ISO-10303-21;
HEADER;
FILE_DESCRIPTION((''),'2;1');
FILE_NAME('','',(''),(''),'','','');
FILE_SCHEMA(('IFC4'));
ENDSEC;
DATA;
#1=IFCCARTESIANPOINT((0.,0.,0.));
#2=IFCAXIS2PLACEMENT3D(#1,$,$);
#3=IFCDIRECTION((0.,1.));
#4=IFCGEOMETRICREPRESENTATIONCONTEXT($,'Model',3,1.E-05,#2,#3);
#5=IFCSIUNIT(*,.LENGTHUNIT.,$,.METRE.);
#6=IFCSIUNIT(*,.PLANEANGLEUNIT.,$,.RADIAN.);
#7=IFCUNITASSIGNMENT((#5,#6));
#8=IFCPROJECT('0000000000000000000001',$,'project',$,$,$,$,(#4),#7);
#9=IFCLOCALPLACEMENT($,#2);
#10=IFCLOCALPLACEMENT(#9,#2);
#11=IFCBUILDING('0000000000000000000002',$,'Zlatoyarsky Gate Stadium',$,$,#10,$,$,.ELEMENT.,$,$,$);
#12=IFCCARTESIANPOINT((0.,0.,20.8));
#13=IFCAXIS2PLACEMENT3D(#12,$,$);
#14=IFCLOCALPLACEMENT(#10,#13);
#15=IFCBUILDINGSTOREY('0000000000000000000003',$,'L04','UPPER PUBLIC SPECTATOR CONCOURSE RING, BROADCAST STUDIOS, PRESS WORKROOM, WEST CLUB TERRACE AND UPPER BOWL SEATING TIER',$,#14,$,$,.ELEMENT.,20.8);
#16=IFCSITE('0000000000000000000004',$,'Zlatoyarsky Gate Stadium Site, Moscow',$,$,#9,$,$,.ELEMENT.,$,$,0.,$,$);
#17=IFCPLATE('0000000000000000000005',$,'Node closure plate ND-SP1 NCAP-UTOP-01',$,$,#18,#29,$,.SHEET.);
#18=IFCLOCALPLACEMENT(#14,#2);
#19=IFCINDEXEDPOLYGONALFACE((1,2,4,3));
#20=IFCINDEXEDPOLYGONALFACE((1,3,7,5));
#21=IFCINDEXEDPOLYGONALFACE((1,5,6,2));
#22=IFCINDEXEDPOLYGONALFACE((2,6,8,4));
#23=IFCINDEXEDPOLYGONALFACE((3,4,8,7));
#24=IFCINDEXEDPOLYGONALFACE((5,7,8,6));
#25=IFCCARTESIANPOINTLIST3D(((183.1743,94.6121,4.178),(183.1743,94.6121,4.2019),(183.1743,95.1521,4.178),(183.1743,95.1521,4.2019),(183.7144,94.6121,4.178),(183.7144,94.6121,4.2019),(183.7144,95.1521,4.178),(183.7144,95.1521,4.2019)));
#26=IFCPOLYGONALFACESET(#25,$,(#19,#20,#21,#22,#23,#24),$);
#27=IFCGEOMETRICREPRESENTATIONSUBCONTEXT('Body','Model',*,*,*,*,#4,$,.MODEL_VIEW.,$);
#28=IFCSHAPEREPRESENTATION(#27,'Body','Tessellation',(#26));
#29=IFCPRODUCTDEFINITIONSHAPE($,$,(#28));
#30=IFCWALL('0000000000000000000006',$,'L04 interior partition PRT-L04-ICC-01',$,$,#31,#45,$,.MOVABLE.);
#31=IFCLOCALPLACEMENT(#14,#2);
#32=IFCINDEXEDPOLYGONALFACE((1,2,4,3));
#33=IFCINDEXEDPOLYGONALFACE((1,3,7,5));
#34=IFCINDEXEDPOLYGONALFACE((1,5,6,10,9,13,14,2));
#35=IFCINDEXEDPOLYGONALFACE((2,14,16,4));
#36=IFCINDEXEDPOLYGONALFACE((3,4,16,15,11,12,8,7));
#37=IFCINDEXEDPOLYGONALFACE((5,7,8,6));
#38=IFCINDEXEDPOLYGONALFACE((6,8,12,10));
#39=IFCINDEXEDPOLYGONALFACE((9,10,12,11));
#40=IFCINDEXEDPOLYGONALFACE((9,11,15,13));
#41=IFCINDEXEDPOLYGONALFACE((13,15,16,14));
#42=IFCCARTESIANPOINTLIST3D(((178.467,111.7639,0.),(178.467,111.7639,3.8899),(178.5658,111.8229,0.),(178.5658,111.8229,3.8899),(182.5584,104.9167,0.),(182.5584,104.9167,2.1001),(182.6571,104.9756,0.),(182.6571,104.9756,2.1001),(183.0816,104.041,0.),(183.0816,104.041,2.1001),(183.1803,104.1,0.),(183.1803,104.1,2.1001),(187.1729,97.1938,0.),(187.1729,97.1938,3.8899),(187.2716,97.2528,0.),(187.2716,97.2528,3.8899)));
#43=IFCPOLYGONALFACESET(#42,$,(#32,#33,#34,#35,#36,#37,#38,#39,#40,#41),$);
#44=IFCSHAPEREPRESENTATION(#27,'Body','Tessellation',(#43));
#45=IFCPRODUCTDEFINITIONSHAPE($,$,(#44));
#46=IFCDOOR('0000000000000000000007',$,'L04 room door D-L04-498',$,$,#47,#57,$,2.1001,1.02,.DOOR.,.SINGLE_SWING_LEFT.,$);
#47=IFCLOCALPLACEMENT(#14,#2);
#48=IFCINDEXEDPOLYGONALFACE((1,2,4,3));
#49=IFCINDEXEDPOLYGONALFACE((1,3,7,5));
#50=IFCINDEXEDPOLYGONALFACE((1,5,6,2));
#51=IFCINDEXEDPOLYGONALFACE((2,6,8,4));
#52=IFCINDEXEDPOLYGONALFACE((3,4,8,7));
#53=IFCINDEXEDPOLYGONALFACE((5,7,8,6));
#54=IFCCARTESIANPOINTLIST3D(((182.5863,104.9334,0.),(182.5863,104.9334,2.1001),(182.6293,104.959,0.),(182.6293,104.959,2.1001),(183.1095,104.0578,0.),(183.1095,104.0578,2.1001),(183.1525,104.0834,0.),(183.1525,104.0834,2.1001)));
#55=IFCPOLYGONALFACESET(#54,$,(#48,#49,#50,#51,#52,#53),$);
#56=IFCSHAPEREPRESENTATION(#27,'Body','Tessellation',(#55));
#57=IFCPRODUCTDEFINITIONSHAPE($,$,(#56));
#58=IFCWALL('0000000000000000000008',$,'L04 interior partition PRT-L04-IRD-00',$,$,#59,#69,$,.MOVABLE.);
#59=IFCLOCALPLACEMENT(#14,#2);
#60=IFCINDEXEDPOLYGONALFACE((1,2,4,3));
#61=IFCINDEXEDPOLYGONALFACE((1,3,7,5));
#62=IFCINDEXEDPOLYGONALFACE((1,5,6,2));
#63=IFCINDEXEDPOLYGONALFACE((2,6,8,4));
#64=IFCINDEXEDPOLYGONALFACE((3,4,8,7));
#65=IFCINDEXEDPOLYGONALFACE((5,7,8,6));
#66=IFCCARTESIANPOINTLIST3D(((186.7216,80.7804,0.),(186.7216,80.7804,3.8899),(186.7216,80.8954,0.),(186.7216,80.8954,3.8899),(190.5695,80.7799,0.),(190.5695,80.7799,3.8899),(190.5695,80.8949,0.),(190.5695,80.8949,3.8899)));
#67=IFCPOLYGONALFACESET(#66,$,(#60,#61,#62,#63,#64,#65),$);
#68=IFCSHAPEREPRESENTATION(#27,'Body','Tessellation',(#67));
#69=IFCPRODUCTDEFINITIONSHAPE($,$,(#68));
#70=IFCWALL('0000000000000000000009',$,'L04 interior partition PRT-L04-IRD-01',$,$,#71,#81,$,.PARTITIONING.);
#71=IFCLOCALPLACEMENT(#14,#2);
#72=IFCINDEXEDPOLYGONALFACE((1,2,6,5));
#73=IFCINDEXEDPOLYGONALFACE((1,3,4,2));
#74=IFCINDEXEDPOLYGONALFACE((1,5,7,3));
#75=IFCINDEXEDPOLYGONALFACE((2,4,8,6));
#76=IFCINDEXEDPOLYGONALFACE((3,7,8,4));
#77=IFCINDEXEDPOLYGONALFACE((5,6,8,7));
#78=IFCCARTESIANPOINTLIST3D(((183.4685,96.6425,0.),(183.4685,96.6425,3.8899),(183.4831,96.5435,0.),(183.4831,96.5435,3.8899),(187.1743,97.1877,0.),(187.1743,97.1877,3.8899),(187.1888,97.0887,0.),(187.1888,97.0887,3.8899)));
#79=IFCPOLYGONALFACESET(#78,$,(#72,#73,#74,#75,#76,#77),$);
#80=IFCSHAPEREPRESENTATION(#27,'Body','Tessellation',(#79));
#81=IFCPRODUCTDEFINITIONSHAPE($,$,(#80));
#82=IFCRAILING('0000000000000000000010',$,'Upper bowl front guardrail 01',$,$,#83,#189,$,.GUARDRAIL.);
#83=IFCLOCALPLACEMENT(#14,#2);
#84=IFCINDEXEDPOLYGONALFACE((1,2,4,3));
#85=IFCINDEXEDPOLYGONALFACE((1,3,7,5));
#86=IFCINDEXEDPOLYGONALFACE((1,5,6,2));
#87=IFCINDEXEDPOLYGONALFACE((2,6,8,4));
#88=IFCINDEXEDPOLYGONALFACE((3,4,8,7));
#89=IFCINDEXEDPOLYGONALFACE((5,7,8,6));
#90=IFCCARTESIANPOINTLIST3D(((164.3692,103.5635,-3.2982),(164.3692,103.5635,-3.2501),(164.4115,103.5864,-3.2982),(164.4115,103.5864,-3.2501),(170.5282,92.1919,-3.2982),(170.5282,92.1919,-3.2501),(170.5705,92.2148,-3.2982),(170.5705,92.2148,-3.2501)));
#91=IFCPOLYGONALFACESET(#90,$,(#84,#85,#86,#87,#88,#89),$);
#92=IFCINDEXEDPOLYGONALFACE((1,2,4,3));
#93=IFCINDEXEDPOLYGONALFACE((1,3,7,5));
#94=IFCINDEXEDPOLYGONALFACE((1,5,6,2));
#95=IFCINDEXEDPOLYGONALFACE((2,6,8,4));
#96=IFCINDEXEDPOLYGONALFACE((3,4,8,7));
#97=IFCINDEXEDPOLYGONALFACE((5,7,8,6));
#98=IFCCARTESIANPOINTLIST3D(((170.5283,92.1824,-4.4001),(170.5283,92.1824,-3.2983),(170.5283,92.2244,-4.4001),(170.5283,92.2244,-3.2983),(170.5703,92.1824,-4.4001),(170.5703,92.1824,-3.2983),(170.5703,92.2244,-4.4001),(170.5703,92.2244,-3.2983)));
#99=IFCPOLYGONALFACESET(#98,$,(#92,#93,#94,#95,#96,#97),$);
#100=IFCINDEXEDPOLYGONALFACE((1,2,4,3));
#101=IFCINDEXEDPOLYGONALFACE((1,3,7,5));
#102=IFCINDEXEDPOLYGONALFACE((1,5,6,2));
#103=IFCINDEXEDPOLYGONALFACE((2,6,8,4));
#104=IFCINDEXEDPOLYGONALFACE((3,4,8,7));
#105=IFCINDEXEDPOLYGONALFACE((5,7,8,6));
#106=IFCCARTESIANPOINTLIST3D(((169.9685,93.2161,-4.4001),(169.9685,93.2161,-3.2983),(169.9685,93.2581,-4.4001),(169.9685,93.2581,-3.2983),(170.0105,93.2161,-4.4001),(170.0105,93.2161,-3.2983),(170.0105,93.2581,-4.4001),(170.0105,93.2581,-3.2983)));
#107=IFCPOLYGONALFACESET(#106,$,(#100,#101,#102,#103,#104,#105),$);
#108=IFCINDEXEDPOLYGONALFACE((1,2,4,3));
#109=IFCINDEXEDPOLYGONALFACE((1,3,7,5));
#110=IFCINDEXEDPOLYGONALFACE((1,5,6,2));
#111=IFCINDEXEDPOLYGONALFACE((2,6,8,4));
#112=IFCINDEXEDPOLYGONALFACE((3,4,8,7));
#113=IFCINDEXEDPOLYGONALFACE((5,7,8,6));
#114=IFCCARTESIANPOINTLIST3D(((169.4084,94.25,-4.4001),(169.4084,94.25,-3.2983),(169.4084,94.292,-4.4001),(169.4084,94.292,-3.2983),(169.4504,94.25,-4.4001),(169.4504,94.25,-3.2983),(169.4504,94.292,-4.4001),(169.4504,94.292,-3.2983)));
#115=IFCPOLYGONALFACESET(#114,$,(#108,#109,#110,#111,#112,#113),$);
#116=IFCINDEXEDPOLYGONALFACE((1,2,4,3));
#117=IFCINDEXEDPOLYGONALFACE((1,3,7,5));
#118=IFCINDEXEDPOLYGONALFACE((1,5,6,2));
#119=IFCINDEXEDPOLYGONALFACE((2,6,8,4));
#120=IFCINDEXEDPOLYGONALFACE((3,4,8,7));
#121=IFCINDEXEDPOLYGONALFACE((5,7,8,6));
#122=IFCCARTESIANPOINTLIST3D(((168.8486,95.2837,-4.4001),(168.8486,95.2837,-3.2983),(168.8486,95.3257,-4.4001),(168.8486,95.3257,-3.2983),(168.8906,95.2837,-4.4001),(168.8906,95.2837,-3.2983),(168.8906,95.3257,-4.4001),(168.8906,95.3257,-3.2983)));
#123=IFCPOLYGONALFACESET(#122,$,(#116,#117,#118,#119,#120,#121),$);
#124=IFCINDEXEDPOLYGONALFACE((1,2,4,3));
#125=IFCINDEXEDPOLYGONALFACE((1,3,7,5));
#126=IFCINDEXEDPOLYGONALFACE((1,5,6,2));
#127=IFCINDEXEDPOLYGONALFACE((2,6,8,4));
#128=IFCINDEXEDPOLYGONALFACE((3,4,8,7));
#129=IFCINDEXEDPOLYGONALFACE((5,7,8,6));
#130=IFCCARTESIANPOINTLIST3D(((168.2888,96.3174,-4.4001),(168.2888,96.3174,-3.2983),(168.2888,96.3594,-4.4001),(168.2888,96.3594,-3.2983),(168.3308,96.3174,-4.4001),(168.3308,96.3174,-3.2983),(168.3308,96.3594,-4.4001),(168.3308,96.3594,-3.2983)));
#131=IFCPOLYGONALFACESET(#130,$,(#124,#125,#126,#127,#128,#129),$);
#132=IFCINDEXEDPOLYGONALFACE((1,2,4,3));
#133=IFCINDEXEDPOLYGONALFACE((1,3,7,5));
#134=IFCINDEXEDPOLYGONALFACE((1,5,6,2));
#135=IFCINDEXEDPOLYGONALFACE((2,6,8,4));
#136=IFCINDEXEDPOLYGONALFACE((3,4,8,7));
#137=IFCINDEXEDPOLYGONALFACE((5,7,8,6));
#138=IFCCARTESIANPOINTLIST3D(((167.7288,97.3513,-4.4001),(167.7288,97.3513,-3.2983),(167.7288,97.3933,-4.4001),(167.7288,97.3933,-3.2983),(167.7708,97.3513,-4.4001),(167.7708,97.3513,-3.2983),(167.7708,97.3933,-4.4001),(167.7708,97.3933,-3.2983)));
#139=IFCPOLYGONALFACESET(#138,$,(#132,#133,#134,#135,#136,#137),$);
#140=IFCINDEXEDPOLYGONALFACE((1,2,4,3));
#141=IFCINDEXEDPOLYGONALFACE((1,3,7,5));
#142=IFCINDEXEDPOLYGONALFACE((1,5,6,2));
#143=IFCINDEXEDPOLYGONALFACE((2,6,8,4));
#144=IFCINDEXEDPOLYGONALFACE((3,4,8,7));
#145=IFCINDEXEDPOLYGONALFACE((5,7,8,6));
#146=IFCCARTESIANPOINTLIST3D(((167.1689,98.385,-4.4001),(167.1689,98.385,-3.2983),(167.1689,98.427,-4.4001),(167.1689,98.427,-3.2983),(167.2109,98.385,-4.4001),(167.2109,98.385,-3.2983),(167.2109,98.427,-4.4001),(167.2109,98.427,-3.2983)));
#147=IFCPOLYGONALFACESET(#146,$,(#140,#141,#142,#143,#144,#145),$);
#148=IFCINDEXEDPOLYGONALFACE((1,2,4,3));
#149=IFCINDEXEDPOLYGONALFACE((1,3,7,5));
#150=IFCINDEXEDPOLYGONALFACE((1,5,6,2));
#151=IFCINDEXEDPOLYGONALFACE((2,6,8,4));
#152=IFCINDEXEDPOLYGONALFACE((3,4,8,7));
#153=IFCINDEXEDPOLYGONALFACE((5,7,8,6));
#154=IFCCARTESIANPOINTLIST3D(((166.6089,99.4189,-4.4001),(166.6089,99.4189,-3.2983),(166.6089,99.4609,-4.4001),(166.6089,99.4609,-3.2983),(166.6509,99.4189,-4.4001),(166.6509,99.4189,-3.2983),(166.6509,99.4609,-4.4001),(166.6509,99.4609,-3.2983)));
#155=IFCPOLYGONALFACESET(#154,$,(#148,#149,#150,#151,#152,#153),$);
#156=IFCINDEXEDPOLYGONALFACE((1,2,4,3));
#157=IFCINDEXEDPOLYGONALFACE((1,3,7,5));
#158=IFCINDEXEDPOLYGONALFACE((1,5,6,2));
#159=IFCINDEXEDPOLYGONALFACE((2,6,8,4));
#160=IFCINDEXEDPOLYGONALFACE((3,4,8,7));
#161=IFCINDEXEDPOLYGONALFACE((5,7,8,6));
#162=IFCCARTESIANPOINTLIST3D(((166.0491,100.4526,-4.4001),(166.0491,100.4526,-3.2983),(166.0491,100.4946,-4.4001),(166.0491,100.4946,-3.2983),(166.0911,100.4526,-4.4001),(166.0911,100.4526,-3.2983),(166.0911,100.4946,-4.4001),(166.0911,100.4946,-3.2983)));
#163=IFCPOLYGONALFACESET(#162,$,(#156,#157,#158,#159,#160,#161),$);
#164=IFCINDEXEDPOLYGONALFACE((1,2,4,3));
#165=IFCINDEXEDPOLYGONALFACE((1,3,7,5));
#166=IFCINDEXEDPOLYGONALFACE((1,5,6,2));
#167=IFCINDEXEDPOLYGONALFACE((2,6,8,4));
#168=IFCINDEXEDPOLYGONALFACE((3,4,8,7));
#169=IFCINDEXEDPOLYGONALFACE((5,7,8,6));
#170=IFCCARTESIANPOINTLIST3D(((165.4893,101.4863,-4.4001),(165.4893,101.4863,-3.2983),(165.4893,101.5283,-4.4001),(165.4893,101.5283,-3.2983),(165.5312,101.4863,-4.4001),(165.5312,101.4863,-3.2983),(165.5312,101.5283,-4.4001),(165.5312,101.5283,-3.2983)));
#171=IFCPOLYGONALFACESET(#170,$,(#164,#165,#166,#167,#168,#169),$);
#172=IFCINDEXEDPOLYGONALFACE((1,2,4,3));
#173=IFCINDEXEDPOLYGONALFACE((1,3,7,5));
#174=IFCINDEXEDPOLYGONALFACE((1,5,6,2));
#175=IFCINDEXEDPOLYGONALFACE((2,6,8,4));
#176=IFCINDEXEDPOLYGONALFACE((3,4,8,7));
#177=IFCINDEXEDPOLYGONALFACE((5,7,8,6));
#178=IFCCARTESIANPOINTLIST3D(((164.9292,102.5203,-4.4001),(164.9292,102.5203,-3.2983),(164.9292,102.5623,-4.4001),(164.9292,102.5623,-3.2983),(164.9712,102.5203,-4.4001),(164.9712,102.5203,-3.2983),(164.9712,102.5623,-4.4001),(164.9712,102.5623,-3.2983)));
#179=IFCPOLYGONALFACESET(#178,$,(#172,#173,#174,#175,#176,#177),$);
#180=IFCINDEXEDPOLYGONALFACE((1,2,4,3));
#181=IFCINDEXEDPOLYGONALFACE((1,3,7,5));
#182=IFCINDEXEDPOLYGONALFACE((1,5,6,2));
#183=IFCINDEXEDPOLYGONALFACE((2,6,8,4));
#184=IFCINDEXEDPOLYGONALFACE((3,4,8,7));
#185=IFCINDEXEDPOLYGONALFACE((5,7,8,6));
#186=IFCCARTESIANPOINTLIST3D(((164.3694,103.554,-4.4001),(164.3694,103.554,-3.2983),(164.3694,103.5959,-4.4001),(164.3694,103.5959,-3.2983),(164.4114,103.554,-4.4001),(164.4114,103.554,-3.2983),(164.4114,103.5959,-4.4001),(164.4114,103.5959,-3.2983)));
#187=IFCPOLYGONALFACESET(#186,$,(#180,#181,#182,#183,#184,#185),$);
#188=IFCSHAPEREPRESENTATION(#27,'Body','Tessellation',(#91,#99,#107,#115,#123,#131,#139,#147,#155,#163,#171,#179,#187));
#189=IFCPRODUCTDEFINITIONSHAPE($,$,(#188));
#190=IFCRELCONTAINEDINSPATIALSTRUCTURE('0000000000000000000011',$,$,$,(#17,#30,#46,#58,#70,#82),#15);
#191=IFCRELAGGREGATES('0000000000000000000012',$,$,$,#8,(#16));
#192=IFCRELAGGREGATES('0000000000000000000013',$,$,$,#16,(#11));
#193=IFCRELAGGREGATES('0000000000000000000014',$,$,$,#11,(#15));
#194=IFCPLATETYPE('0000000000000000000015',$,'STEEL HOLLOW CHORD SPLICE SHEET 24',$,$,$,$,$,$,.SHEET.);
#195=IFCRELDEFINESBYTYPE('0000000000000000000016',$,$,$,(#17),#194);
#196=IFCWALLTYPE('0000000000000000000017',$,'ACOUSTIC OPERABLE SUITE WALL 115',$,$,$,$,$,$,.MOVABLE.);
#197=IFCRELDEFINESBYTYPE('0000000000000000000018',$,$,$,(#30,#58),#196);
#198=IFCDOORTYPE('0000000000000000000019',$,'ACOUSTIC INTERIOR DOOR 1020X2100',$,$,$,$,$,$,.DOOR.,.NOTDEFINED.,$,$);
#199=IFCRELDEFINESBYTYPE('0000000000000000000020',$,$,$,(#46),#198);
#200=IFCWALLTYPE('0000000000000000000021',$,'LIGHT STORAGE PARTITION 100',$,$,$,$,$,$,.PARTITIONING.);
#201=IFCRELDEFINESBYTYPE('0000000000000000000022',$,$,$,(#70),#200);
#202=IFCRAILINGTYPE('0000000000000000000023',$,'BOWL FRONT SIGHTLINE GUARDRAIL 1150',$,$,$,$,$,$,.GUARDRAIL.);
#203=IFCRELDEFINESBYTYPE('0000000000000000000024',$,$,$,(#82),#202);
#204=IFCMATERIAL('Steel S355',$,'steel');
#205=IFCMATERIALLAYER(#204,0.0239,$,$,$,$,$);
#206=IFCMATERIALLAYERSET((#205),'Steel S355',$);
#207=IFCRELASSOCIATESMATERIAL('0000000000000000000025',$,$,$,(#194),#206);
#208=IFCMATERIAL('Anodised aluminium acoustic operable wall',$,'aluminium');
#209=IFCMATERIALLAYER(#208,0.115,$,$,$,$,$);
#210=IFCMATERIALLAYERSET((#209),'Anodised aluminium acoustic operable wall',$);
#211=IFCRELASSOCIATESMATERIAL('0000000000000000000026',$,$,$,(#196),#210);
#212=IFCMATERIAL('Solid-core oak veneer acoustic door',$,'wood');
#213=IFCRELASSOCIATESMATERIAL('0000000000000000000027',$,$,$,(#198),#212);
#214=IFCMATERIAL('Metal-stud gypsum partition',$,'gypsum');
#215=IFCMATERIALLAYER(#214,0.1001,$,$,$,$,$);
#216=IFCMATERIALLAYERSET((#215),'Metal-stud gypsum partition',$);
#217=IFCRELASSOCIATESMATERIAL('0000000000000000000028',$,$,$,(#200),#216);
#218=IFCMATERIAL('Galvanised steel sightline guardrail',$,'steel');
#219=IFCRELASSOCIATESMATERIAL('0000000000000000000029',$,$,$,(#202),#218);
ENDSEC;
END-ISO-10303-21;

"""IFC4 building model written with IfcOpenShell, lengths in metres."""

from ifc_helpers import new_model, si_unit, direction, frame, frame_2d, origin, origin_2d, place, context, subcontext, project, spatial, rectangle, extrude, material, layer, layer_set, type_object, element, fill, save


model = new_model("IFC4")

# Units and contexts
model_context = context("Model", 3, precision=1e-05, world=origin(), true_north=direction((0.0, 1.0)))
body_context = subcontext(model_context, "Body", "Model", "MODEL_VIEW")
ifc_project = project(units=[si_unit("LENGTHUNIT", "METRE"), si_unit("PLANEANGLEUNIT", "RADIAN")], contexts=[model_context])

# Site, building, storey
site_placement = place(None, origin())
site = spatial("IfcSite", under=ifc_project, at=site_placement, Name="Zlatoyarsky Gate Stadium Site, Moscow", CompositionType="ELEMENT", RefElevation=0.0)
building_placement = place(site_placement, origin())
building = spatial("IfcBuilding", under=site, at=building_placement, Name="Zlatoyarsky Gate Stadium", CompositionType="ELEMENT")
storey_placement = place(building_placement, frame((0.0, 0.0, 20.8)))
storey = spatial("IfcBuildingStorey", under=building, at=storey_placement, Name="L04", Description="UPPER PUBLIC SPECTATOR CONCOURSE RING, BROADCAST STUDIOS, PRESS WORKROOM, WEST CLUB TERRACE AND UPPER BOWL SEATING TIER", CompositionType="ELEMENT", Elevation=20.8)

# Shared definitions
ifc_material_1 = material(Name="Steel S355", Category="steel")

# Plate
ifc_layer_1 = layer(ifc_material_1, 0.0239)
ifc_layer_set_1 = layer_set([ifc_layer_1], Name="Steel S355")
plate_type = type_object("IfcPlateType", Name="STEEL HOLLOW CHORD SPLICE SHEET 24", PredefinedType="SHEET", material=ifc_layer_set_1)
plate_placement = place(storey_placement, frame((183.4443, 94.8821, 4.178), z_axis=(0.0, 0.0, 1.0), x_axis=(1.0, 0.0, 0.0)))
element("IfcPlate", 1, at=plate_placement, inside=storey, type_object=plate_type, Name="Node closure plate ND-SP1 NCAP-UTOP-01", PredefinedType="SHEET", context=body_context, shape_type="SweptSolid", body=[
    extrude(rectangle(XDim=0.54, YDim=0.54, at=origin_2d()), origin(), (0.0, 0.0, 1.0), 0.0239),
])

# Wall, opening, door
ifc_material_2 = material(Name="Anodised aluminium acoustic operable wall", Category="aluminium")
ifc_layer_2 = layer(ifc_material_2, 0.115)
ifc_layer_set_2 = layer_set([ifc_layer_2], Name="Anodised aluminium acoustic operable wall")
wall_type_1 = type_object("IfcWallType", Name="ACOUSTIC OPERABLE SUITE WALL 115", PredefinedType="MOVABLE", material=ifc_layer_set_2)
wall_1_placement = place(storey_placement, frame((187.2222, 97.2234, 0.0), z_axis=(0.0, 0.0, 1.0), x_axis=(-0.512925, 0.858433, 0.0)))
wall_1 = element("IfcWall", 2, at=wall_1_placement, inside=storey, type_object=wall_type_1, Name="L04 interior partition PRT-L04-ICC-01", PredefinedType="MOVABLE", context=body_context, shape_type="SweptSolid", body=[
    extrude(rectangle(XDim=16.9729, YDim=0.115, at=frame_2d((8.4863, 0.0))), origin(), (0.0, 0.0, 1.0), 3.8899),
])
opening_placement = place(wall_1_placement, frame((7.9763, 0.0, 0.0)))
opening = element("IfcOpeningElement", 3, at=opening_placement, cuts=wall_1, PredefinedType="OPENING", context=body_context, shape_type="SweptSolid", body=[
    extrude(rectangle(XDim=1.02, YDim=2.1001, at=frame_2d((0.51, 1.05))), frame((0.0, 0.0674, 0.0), z_axis=(0.0, -1.0, 0.0), x_axis=(1.0, 0.0, 0.0)), (0.0, 0.0, 1.0), 0.135),
])
ifc_material_3 = material(Name="Solid-core oak veneer acoustic door", Category="wood")
door_type = type_object("IfcDoorType", Name="ACOUSTIC INTERIOR DOOR 1020X2100", OperationType="NOTDEFINED", PredefinedType="DOOR", material=ifc_material_3)
door_placement = place(opening_placement, origin())
door = element("IfcDoor", 4, at=door_placement, inside=storey, type_object=door_type, Name="L04 room door D-L04-498", OperationType="SINGLE_SWING_LEFT", OverallHeight=2.1001, OverallWidth=1.02, PredefinedType="DOOR", context=body_context, shape_type="SweptSolid", body=[
    extrude(rectangle(XDim=1.02, YDim=2.1001, at=frame_2d((0.51, 1.05))), frame((0.0, 0.0249, 0.0), z_axis=(0.0, -1.0, 0.0), x_axis=(1.0, 0.0, 0.0)), (0.0, 0.0, 1.0), 0.05),
])
fill(opening, door)

# Walls
wall_2_placement = place(storey_placement, frame((186.7217, 80.8379, 0.0), z_axis=(0.0, 0.0, 1.0), x_axis=(1.0, -0.000127, 0.0)))
element("IfcWall", 5, at=wall_2_placement, inside=storey, type_object=wall_type_1, Name="L04 interior partition PRT-L04-IRD-00", PredefinedType="MOVABLE", context=body_context, shape_type="SweptSolid", body=[
    extrude(rectangle(XDim=3.8479, YDim=0.115, at=frame_2d((1.9238, 0.0))), origin(), (0.0, 0.0, 1.0), 3.8899),
])
ifc_material_4 = material(Name="Metal-stud gypsum partition", Category="gypsum")
ifc_layer_3 = layer(ifc_material_4, 0.1001)
ifc_layer_set_3 = layer_set([ifc_layer_3], Name="Metal-stud gypsum partition")
wall_type_2 = type_object("IfcWallType", Name="LIGHT STORAGE PARTITION 100", PredefinedType="PARTITIONING", material=ifc_layer_set_3)
wall_3_placement = place(storey_placement, frame((183.4758, 96.593, 0.0), z_axis=(0.0, 0.0, 1.0), x_axis=(0.989352, 0.145545, 0.0)))
element("IfcWall", 6, at=wall_3_placement, inside=storey, type_object=wall_type_2, Name="L04 interior partition PRT-L04-IRD-01", PredefinedType="PARTITIONING", context=body_context, shape_type="SweptSolid", body=[
    extrude(rectangle(XDim=3.7456, YDim=0.1001, at=frame_2d((1.8728, 0.0))), origin(), (0.0, 0.0, 1.0), 3.8899),
])

# Railing
ifc_material_5 = material(Name="Galvanised steel sightline guardrail", Category="steel")
railing_type_1 = type_object("IfcRailingType", Name="BOWL FRONT SIGHTLINE GUARDRAIL 1150", PredefinedType="GUARDRAIL", material=ifc_material_5)
railing_1_placement = place(storey_placement, frame((170.5493, 92.2034, -4.4001)))
element("IfcRailing", 7, at=railing_1_placement, inside=storey, type_object=railing_type_1, Name="Upper bowl front guardrail 01", PredefinedType="GUARDRAIL", context=body_context, shape_type="SweptSolid", body=[
    extrude(rectangle(XDim=0.0481, YDim=0.0481, at=origin_2d()), frame((0.0, 0.0, 1.126), z_axis=(-0.476243, 0.879314, 0.0), x_axis=(-0.879314, -0.476243, 0.0)), (0.0, 0.0, 1.0), 12.9324),
    extrude(rectangle(XDim=0.042, YDim=0.042, at=origin_2d()), origin(), (0.0, 0.0, 1.0), 1.1018),
    extrude(rectangle(XDim=0.042, YDim=0.042, at=origin_2d()), frame((-0.5598, 1.0337, 0.0)), (0.0, 0.0, 1.0), 1.1018),
    extrude(rectangle(XDim=0.042, YDim=0.042, at=origin_2d()), frame((-1.1199, 2.0676, 0.0)), (0.0, 0.0, 1.0), 1.1018),
    extrude(rectangle(XDim=0.042, YDim=0.042, at=origin_2d()), frame((-1.6797, 3.1013, 0.0)), (0.0, 0.0, 1.0), 1.1018),
    extrude(rectangle(XDim=0.042, YDim=0.042, at=origin_2d()), frame((-2.2395, 4.135, 0.0)), (0.0, 0.0, 1.0), 1.1018),
    extrude(rectangle(XDim=0.042, YDim=0.042, at=origin_2d()), frame((-2.7996, 5.1689, 0.0)), (0.0, 0.0, 1.0), 1.1018),
    extrude(rectangle(XDim=0.042, YDim=0.042, at=origin_2d()), frame((-3.3594, 6.2026, 0.0)), (0.0, 0.0, 1.0), 1.1018),
    extrude(rectangle(XDim=0.042, YDim=0.042, at=origin_2d()), frame((-3.9194, 7.2366, 0.0)), (0.0, 0.0, 1.0), 1.1018),
    extrude(rectangle(XDim=0.042, YDim=0.042, at=origin_2d()), frame((-4.4792, 8.2703, 0.0)), (0.0, 0.0, 1.0), 1.1018),
    extrude(rectangle(XDim=0.042, YDim=0.042, at=origin_2d()), frame((-5.0391, 9.304, 0.0)), (0.0, 0.0, 1.0), 1.1018),
    extrude(rectangle(XDim=0.042, YDim=0.042, at=origin_2d()), frame((-5.5991, 10.3379, 0.0)), (0.0, 0.0, 1.0), 1.1018),
    extrude(rectangle(XDim=0.042, YDim=0.042, at=origin_2d()), frame((-6.1589, 11.3716, 0.0)), (0.0, 0.0, 1.0), 1.1018),
])

save(model, "model.ifc")
